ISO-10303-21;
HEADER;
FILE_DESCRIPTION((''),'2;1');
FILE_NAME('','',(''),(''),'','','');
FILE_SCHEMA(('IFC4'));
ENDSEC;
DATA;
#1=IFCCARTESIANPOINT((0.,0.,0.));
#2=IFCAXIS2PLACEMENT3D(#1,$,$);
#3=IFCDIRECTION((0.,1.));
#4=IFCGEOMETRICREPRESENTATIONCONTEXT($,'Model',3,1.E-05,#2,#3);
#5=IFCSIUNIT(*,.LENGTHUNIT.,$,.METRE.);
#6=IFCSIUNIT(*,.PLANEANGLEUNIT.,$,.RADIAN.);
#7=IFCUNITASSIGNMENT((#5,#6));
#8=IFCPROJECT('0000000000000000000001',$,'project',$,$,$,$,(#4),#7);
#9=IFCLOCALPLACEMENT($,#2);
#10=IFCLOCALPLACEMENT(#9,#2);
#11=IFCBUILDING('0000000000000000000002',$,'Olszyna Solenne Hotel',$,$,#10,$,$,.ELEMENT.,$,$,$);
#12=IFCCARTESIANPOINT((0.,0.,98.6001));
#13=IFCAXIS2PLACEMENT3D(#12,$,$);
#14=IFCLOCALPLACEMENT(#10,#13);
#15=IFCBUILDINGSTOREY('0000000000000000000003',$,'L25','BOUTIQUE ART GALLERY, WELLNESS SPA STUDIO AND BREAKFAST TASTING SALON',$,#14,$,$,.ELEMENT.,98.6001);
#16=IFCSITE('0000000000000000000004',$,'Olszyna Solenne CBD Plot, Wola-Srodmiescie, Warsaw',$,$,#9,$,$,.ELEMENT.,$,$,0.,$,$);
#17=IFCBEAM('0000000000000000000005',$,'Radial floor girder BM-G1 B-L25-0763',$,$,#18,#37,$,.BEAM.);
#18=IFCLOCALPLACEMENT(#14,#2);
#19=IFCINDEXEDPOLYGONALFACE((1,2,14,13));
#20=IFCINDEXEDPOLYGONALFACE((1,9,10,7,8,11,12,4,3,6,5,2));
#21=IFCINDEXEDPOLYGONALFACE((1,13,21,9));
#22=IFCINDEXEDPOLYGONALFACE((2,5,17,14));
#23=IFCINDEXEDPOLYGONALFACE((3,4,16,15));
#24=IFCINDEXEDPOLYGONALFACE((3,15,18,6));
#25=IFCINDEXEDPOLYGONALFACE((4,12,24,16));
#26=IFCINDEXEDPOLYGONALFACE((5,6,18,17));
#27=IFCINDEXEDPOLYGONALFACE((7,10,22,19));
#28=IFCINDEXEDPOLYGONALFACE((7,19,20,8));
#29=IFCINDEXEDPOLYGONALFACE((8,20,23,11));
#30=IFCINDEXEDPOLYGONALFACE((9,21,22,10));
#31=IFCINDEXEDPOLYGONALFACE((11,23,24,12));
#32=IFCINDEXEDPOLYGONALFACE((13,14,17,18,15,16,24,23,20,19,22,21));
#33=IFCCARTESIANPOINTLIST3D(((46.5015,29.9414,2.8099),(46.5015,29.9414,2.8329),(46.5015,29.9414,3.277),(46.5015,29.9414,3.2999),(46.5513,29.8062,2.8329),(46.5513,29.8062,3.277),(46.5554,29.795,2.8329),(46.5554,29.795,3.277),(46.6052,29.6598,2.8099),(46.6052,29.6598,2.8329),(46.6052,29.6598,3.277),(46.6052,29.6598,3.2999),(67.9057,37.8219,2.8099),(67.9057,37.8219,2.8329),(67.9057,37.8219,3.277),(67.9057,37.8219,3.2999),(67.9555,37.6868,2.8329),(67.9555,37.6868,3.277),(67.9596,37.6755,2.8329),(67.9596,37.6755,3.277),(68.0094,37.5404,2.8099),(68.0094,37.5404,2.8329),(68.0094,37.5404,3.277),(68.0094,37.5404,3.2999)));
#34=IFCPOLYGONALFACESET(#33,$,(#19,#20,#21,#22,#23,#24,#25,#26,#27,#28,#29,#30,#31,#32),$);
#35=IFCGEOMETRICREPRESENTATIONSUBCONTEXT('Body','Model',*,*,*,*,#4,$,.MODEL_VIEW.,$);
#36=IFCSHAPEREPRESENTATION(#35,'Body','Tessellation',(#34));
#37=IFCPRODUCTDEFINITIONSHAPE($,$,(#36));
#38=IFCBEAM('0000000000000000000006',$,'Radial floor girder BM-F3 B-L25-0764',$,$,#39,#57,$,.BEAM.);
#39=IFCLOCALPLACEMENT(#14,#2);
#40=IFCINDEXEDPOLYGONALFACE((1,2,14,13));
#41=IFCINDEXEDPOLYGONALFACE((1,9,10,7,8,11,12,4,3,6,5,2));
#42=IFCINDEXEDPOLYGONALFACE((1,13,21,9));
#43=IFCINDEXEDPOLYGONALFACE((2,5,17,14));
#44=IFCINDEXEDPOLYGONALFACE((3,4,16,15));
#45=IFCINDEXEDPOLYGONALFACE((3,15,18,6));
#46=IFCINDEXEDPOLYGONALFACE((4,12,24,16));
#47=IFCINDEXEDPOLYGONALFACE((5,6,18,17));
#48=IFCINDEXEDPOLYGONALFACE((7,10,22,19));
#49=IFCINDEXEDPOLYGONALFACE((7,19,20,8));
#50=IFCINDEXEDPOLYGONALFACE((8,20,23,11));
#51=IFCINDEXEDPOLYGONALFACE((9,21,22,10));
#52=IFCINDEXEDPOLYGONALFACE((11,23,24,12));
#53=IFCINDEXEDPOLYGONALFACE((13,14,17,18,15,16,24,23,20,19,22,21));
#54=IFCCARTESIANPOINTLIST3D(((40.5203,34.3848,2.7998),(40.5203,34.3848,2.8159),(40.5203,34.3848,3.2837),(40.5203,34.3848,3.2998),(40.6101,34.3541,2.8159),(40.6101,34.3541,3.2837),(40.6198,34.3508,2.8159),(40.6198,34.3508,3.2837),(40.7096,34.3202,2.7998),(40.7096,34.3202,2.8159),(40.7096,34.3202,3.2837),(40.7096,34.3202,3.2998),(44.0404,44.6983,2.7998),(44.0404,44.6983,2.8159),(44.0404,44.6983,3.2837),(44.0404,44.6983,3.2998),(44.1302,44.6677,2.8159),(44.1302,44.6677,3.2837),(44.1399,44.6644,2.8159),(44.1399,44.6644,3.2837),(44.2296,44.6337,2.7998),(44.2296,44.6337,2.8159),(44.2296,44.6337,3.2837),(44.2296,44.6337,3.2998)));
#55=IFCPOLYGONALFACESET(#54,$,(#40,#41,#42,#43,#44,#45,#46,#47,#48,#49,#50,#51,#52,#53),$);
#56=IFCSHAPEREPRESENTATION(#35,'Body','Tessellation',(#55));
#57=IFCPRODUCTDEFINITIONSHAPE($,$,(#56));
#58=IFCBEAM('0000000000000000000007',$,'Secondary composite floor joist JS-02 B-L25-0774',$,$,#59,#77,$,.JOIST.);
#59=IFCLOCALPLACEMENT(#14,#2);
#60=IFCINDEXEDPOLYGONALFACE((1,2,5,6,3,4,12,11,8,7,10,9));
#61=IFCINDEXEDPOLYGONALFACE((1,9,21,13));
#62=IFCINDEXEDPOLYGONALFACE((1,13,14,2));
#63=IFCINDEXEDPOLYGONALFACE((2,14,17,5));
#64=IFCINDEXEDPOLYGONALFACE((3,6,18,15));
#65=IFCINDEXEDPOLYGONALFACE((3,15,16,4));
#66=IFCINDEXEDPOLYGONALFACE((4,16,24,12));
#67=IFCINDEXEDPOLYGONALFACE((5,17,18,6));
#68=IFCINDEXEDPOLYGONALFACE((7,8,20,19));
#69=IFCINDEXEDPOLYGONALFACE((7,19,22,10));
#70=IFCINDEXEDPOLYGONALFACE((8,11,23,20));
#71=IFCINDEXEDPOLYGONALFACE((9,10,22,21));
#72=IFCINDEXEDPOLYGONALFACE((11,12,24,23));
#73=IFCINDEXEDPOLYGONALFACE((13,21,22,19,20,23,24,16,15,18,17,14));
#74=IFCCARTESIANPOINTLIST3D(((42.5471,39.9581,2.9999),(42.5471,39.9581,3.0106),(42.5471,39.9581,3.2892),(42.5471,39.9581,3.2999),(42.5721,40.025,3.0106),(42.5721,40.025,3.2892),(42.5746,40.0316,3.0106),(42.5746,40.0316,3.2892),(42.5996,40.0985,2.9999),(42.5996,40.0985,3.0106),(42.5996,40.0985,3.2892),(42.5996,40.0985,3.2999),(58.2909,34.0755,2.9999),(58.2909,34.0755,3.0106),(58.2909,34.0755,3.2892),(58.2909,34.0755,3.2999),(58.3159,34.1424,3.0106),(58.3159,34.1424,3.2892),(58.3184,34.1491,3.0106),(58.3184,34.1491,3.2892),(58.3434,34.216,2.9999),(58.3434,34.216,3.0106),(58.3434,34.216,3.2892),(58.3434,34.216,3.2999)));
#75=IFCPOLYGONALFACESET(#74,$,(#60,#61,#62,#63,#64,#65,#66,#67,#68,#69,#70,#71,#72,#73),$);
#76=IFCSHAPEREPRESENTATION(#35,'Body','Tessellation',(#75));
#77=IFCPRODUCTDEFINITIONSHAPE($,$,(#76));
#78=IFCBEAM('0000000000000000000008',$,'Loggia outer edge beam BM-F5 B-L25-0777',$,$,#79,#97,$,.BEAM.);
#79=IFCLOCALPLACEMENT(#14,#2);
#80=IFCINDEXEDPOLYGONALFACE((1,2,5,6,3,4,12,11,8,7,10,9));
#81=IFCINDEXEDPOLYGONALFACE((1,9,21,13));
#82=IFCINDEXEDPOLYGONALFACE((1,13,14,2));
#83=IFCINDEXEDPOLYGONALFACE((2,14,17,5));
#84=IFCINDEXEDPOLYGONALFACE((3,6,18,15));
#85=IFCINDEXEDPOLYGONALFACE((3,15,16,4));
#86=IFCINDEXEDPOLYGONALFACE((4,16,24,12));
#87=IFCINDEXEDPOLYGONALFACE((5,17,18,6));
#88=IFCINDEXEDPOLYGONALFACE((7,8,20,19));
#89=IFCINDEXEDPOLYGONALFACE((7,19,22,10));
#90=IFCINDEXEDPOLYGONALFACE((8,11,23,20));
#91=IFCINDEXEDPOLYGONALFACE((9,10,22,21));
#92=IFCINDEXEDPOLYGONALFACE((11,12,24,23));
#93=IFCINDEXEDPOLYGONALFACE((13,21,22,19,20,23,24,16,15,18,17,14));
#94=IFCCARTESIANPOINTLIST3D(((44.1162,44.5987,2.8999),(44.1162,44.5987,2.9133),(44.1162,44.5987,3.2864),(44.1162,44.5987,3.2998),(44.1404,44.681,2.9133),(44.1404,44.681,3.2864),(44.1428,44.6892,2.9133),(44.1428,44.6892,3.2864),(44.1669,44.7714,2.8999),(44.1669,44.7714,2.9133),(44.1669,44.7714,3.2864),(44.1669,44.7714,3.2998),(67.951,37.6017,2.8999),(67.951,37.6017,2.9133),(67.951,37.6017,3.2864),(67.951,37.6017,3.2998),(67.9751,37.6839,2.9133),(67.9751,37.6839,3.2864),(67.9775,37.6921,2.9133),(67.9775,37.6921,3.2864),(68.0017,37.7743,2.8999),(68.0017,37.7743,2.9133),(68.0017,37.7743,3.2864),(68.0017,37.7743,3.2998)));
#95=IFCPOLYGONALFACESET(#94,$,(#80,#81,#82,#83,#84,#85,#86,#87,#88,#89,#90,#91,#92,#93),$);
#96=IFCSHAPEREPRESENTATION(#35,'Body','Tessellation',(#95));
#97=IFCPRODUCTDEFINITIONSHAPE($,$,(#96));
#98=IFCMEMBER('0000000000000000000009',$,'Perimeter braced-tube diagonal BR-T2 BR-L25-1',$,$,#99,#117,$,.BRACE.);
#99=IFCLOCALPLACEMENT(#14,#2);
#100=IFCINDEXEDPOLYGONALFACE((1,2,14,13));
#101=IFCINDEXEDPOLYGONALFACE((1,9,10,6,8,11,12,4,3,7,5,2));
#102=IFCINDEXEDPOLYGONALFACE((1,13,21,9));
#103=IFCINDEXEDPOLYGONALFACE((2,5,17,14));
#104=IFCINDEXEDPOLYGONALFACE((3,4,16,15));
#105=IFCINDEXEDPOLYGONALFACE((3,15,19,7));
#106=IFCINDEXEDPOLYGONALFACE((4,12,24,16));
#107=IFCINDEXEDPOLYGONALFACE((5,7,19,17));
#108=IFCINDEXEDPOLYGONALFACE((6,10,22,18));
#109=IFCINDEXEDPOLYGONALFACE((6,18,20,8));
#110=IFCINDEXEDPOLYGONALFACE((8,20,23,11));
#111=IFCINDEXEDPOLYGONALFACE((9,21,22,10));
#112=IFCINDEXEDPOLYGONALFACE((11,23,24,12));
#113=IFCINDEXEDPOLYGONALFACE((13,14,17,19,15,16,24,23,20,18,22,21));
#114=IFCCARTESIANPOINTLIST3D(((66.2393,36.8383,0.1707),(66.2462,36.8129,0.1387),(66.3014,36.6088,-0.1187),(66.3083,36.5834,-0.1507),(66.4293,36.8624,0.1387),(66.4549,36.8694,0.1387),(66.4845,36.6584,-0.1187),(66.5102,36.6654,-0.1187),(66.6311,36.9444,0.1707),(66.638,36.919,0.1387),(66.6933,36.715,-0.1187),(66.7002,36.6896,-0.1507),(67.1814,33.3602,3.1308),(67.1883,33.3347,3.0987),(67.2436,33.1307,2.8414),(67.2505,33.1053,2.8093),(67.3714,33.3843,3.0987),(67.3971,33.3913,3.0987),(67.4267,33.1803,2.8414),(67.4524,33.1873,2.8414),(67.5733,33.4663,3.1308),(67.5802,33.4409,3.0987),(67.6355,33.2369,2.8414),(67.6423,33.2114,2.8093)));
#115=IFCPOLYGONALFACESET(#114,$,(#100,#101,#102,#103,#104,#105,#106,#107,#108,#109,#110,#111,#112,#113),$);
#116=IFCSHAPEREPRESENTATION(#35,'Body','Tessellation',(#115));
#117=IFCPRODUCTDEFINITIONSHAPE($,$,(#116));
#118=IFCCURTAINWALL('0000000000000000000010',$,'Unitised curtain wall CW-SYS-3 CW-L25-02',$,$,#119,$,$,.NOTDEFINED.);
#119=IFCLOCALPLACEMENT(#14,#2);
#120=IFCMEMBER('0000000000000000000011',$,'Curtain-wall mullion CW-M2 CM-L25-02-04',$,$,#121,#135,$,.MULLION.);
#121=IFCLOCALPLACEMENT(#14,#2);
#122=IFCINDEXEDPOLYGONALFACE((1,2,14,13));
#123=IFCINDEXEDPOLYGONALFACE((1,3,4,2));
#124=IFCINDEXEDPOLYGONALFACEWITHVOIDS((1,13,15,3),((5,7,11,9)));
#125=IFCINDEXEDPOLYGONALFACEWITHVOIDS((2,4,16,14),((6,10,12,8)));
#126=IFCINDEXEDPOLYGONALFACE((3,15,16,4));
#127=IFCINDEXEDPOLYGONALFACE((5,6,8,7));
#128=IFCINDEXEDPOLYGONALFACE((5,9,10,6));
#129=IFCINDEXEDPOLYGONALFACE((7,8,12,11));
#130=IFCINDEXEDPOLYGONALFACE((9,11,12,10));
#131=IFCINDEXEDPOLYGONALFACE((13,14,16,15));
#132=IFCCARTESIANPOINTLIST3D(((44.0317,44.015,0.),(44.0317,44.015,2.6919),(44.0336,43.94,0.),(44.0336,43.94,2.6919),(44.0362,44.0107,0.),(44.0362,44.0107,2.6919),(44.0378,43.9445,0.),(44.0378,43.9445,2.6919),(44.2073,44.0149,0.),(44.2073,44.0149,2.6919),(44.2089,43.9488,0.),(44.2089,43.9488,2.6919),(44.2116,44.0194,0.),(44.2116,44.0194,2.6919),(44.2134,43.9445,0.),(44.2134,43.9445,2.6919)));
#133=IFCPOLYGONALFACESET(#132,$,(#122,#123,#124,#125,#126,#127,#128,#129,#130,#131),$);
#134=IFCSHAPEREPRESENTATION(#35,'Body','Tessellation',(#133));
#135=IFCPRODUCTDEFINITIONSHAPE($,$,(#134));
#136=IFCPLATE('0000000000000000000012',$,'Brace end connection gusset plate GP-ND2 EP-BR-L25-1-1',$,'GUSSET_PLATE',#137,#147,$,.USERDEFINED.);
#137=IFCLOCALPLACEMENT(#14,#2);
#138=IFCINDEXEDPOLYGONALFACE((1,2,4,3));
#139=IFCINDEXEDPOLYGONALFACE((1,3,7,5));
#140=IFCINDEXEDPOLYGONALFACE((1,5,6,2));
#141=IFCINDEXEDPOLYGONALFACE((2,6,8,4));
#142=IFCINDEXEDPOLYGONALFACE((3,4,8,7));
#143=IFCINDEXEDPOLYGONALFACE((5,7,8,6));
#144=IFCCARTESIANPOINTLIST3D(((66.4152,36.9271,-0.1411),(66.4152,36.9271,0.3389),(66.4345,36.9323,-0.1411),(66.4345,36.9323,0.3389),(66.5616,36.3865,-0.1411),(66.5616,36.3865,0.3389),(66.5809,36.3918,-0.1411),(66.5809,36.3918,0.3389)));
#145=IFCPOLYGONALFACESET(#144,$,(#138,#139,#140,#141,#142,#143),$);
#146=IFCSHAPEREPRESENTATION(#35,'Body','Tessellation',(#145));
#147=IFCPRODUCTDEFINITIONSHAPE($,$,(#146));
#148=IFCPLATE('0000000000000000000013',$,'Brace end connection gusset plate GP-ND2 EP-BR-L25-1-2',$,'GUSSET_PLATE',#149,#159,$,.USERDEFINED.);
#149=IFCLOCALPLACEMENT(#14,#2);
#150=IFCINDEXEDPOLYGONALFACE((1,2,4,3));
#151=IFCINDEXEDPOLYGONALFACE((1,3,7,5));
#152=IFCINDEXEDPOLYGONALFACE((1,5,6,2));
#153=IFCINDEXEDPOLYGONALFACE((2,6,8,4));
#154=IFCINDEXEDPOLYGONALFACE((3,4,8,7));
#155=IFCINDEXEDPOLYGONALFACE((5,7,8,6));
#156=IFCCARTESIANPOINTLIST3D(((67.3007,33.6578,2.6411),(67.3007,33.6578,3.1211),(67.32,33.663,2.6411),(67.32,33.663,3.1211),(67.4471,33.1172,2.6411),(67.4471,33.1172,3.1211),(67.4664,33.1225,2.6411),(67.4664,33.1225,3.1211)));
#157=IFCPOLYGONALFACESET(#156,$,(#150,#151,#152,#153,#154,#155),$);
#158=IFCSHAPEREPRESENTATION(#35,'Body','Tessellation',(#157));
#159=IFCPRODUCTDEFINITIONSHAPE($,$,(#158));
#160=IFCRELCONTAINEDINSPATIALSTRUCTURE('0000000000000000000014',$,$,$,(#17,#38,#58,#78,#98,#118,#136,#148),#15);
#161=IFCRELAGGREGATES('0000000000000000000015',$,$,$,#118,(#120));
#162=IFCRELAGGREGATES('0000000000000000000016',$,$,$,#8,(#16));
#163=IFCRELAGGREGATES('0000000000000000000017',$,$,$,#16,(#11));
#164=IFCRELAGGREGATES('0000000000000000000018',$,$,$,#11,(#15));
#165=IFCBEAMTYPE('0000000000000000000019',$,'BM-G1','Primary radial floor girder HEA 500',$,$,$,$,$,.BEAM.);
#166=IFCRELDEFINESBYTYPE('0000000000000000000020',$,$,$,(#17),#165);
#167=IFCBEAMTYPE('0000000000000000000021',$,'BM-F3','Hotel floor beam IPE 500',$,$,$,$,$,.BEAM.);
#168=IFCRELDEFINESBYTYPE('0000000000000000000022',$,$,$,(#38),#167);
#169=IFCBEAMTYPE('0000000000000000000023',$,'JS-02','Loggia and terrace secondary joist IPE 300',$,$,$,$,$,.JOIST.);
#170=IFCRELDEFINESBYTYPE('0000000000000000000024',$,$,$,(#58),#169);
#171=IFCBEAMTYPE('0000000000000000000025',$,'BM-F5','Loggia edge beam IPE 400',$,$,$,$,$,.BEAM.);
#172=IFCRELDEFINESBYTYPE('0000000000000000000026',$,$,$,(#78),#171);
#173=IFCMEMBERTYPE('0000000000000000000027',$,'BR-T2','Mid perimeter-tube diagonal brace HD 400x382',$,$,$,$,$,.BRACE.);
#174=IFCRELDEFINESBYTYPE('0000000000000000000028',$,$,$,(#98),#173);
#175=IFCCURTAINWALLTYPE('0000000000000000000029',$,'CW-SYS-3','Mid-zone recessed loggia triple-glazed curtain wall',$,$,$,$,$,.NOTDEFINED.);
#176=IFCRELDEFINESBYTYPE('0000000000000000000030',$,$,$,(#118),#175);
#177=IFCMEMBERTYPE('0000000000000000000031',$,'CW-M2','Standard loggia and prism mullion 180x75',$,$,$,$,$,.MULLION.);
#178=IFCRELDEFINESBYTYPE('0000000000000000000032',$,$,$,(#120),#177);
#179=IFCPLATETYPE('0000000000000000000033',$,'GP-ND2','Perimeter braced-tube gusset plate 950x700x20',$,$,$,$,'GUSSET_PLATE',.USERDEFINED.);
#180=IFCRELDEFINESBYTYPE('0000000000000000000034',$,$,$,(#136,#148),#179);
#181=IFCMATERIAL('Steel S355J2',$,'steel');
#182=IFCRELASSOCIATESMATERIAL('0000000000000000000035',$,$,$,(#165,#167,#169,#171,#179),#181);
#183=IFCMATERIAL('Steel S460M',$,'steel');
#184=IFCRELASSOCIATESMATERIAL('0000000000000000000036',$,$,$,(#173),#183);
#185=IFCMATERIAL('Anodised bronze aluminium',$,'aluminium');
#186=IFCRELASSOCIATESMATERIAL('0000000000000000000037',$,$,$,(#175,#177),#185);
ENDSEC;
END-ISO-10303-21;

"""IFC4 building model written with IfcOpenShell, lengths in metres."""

from ifc_helpers import new_model, si_unit, direction, frame, origin, origin_2d, place, context, subcontext, project, spatial, rectangle, hollow_rectangle, i_section, extrude, source, transform, mapped, material, material_profile, profile_set, type_object, element, aggregate, save


model = new_model("IFC4")

# Units and contexts
model_context = context("Model", 3, precision=1e-05, world=origin(), true_north=direction((0.0, 1.0)))
body_context = subcontext(model_context, "Body", "Model", "MODEL_VIEW")
ifc_project = project(units=[si_unit("LENGTHUNIT", "METRE"), si_unit("PLANEANGLEUNIT", "RADIAN")], contexts=[model_context])

# Site, building, storey
site_placement = place(None, origin())
site = spatial("IfcSite", under=ifc_project, at=site_placement, Name="Olszyna Solenne CBD Plot, Wola-Srodmiescie, Warsaw", CompositionType="ELEMENT", RefElevation=0.0)
building_placement = place(site_placement, origin())
building = spatial("IfcBuilding", under=site, at=building_placement, Name="Olszyna Solenne Hotel", CompositionType="ELEMENT")
storey_placement = place(building_placement, frame((0.0, 0.0, 98.6001)))
storey = spatial("IfcBuildingStorey", under=building, at=storey_placement, Name="L25", Description="BOUTIQUE ART GALLERY, WELLNESS SPA STUDIO AND BREAKFAST TASTING SALON", CompositionType="ELEMENT", Elevation=98.6001)

# Shared definitions
ifc_material_1 = material(Name="Steel S460M", Category="steel")

# Beams
ifc_material_2 = material(Name="Steel S355J2", Category="steel")
ifc_material_profile_1 = material_profile(ifc_material_2, i_section(OverallWidth=0.3, OverallDepth=0.49, WebThickness=0.012, FlangeThickness=0.0229, at=origin_2d()), Name="HEA 500", Category="load-bearing")
ifc_profile_set_1 = profile_set([ifc_material_profile_1], Name="Steel S355J2")
beam_type_1 = type_object("IfcBeamType", Name="BM-G1", Description="Primary radial floor girder HEA 500", PredefinedType="BEAM", material=ifc_profile_set_1)
shared_shape_1 = source(origin(), body_context, "Body", "SweptSolid", [
    extrude(i_section(OverallWidth=0.3, OverallDepth=0.49, WebThickness=0.012, FlangeThickness=0.0229, at=origin_2d()), origin(), (0.0, 0.0, 1.0), 22.8088),
])
beam_1_placement = place(storey_placement, frame((67.9575, 37.6812, 3.0549), z_axis=(-0.938417, -0.345505, 0.0), x_axis=(0.345505, -0.938417, 0.0)))
element("IfcBeam", 1, at=beam_1_placement, inside=storey, type_object=beam_type_1, Name="Radial floor girder BM-G1 B-L25-0763", PredefinedType="BEAM", context=body_context, shape_type="MappedRepresentation", body=[
    mapped(shared_shape_1, transform((0.0, 0.0, 0.0), x_axis=(1.0, 0.0, 0.0), y_axis=(0.0, 1.0, 0.0), z_axis=(0.0, 0.0, 1.0), scale=1.0)),
])
ifc_material_profile_2 = material_profile(ifc_material_2, i_section(OverallWidth=0.2, OverallDepth=0.5, WebThickness=0.0103, FlangeThickness=0.0161, at=origin_2d()), Name="IPE 500", Category="load-bearing")
ifc_profile_set_2 = profile_set([ifc_material_profile_2], Name="Steel S355J2")
beam_type_2 = type_object("IfcBeamType", Name="BM-F3", Description="Hotel floor beam IPE 500", PredefinedType="BEAM", material=ifc_profile_set_2)
shared_shape_2 = source(origin(), body_context, "Body", "SweptSolid", [
    extrude(i_section(OverallWidth=0.2, OverallDepth=0.5, WebThickness=0.0103, FlangeThickness=0.0161, at=origin_2d()), origin(), (0.0, 0.0, 1.0), 10.8977),
])
beam_2_placement = place(storey_placement, frame((44.135, 44.666, 3.0498), z_axis=(-0.323008, -0.946396, 0.0), x_axis=(0.946396, -0.323008, 0.0)))
element("IfcBeam", 2, at=beam_2_placement, inside=storey, type_object=beam_type_2, Name="Radial floor girder BM-F3 B-L25-0764", PredefinedType="BEAM", context=body_context, shape_type="MappedRepresentation", body=[
    mapped(shared_shape_2, transform((0.0, 0.0, 0.0), x_axis=(1.0, 0.0, 0.0), y_axis=(0.0, 1.0, 0.0), z_axis=(0.0, 0.0, 1.0), scale=1.0)),
])
ifc_material_profile_3 = material_profile(ifc_material_2, i_section(OverallWidth=0.1499, OverallDepth=0.3, WebThickness=0.0071, FlangeThickness=0.0107, at=origin_2d()), Name="IPE 300", Category="load-bearing")
ifc_profile_set_3 = profile_set([ifc_material_profile_3], Name="Steel S355J2")
beam_type_3 = type_object("IfcBeamType", Name="JS-02", Description="Loggia and terrace secondary joist IPE 300", PredefinedType="JOIST", material=ifc_profile_set_3)
shared_shape_3 = source(origin(), body_context, "Body", "SweptSolid", [
    extrude(i_section(OverallWidth=0.1499, OverallDepth=0.3, WebThickness=0.0071, FlangeThickness=0.0107, at=origin_2d()), origin(), (0.0, 0.0, 1.0), 16.8069),
])
beam_3_placement = place(storey_placement, frame((58.3171, 34.1458, 3.1499), z_axis=(-0.936747, 0.350007, 0.0), x_axis=(-0.350007, -0.936747, 0.0)))
element("IfcBeam", 3, at=beam_3_placement, inside=storey, type_object=beam_type_3, Name="Secondary composite floor joist JS-02 B-L25-0774", PredefinedType="JOIST", context=body_context, shape_type="MappedRepresentation", body=[
    mapped(shared_shape_3, transform((0.0, 0.0, 0.0), x_axis=(1.0, 0.0, 0.0), y_axis=(0.0, 1.0, 0.0), z_axis=(0.0, 0.0, 1.0), scale=1.0)),
])
ifc_material_profile_4 = material_profile(ifc_material_2, i_section(OverallWidth=0.1799, OverallDepth=0.3999, WebThickness=0.0085, FlangeThickness=0.0134, at=origin_2d()), Name="IPE 400", Category="load-bearing")
ifc_profile_set_4 = profile_set([ifc_material_profile_4], Name="Steel S355J2")
beam_type_4 = type_object("IfcBeamType", Name="BM-F5", Description="Loggia edge beam IPE 400", PredefinedType="BEAM", material=ifc_profile_set_4)
shared_shape_4 = source(origin(), body_context, "Body", "SweptSolid", [
    extrude(i_section(OverallWidth=0.1799, OverallDepth=0.3999, WebThickness=0.0085, FlangeThickness=0.0134, at=origin_2d()), origin(), (0.0, 0.0, 1.0), 24.8406),
])
beam_4_placement = place(storey_placement, frame((67.9763, 37.688, 3.0999), z_axis=(-0.959509, 0.281679, 0.0), x_axis=(-0.281679, -0.959509, 0.0)))
element("IfcBeam", 4, at=beam_4_placement, inside=storey, type_object=beam_type_4, Name="Loggia outer edge beam BM-F5 B-L25-0777", PredefinedType="BEAM", context=body_context, shape_type="MappedRepresentation", body=[
    mapped(shared_shape_4, transform((0.0, 0.0, 0.0), x_axis=(1.0, 0.0, 0.0), y_axis=(0.0, 1.0, 0.0), z_axis=(0.0, 0.0, 1.0), scale=1.0)),
])

# Member
ifc_material_profile_5 = material_profile(ifc_material_1, i_section(OverallWidth=0.406, OverallDepth=0.416, WebThickness=0.0266, FlangeThickness=0.0415, at=origin_2d()), Name="HD 400x382", Category="load-bearing")
ifc_profile_set_5 = profile_set([ifc_material_profile_5], Name="Steel S460M")
member_type_1 = type_object("IfcMemberType", Name="BR-T2", Description="Mid perimeter-tube diagonal brace HD 400x382", PredefinedType="BRACE", material=ifc_profile_set_5)
shared_shape_5 = source(origin(), body_context, "Body", "SweptSolid", [
    extrude(i_section(OverallWidth=0.406, OverallDepth=0.416, WebThickness=0.0266, FlangeThickness=0.0415, at=origin_2d()), origin(), (0.0, 0.0, 1.0), 4.6633),
])
member_1_placement = place(storey_placement, frame((66.4697, 36.7639, 0.01), z_axis=(0.202036, -0.745842, 0.634745), x_axis=(0.965214, 0.26146, 0.0)))
element("IfcMember", 5, at=member_1_placement, inside=storey, type_object=member_type_1, Name="Perimeter braced-tube diagonal BR-T2 BR-L25-1", PredefinedType="BRACE", context=body_context, shape_type="MappedRepresentation", body=[
    mapped(shared_shape_5, transform((0.0, 0.0, 0.0), x_axis=(1.0, 0.0, 0.0), y_axis=(0.0, 1.0, 0.0), z_axis=(0.0, 0.0, 1.0), scale=1.0)),
])

# Curtain wall, member
ifc_material_3 = material(Name="Anodised bronze aluminium", Category="aluminium")
curtain_wall_type = type_object("IfcCurtainWallType", Name="CW-SYS-3", Description="Mid-zone recessed loggia triple-glazed curtain wall", PredefinedType="NOTDEFINED", material=ifc_material_3)
curtain_wall_placement = place(storey_placement, origin())
curtain_wall = element("IfcCurtainWall", 6, at=curtain_wall_placement, inside=storey, type_object=curtain_wall_type, Name="Unitised curtain wall CW-SYS-3 CW-L25-02", PredefinedType="NOTDEFINED")
ifc_material_profile_6 = material_profile(ifc_material_3, hollow_rectangle(XDim=0.075, YDim=0.1799, WallThickness=0.0044, at=origin_2d()), Name="MULL 180x75x4.5", Category="load-bearing")
ifc_profile_set_6 = profile_set([ifc_material_profile_6], Name="Anodised bronze aluminium")
member_type_2 = type_object("IfcMemberType", Name="CW-M2", Description="Standard loggia and prism mullion 180x75", PredefinedType="MULLION", material=ifc_profile_set_6)
shared_shape_6 = source(origin(), body_context, "Body", "SweptSolid", [
    extrude(hollow_rectangle(XDim=0.075, YDim=0.1799, WallThickness=0.0044, at=origin_2d()), origin(), (0.0, 0.0, 1.0), 2.6919),
])
member_2_placement = place(storey_placement, frame((44.1226, 43.9797, 0.0), z_axis=(0.0, 0.0, 1.0), x_axis=(-0.025, 0.999687, 0.0)))
member_2 = element("IfcMember", 7, at=member_2_placement, type_object=member_type_2, Name="Curtain-wall mullion CW-M2 CM-L25-02-04", PredefinedType="MULLION", context=body_context, shape_type="MappedRepresentation", body=[
    mapped(shared_shape_6, transform((0.0, 0.0, 0.0), x_axis=(1.0, 0.0, 0.0), y_axis=(0.0, 1.0, 0.0), z_axis=(0.0, 0.0, 1.0), scale=1.0)),
])
aggregate(curtain_wall, [member_2])

# Plates
plate_type = type_object("IfcPlateType", Name="GP-ND2", Description="Perimeter braced-tube gusset plate 950x700x20", ElementType="GUSSET_PLATE", PredefinedType="USERDEFINED", material=ifc_material_2)
shared_shape_7 = source(origin(), body_context, "Body", "SweptSolid", [
    extrude(rectangle(XDim=0.5601, YDim=0.02, at=origin_2d()), origin(), (0.0, 0.0, 1.0), 0.48),
])
for number, where, z_axis, x_axis, name in (
    (8, (66.498, 36.6594, -0.1411), (0.0, 0.0, 1.0), (0.261515, -0.965199, 0.0), "Brace end connection gusset plate GP-ND2 EP-BR-L25-1-1"),
    (9, (67.3835, 33.3901, 2.6411), (0.0, 0.0, 1.0), (0.261515, -0.965199, 0.0), "Brace end connection gusset plate GP-ND2 EP-BR-L25-1-2"),
):
    element("IfcPlate", number, at=place(storey_placement, frame(where, z_axis=z_axis, x_axis=x_axis)), inside=storey, type_object=plate_type, Name=name, ObjectType="GUSSET_PLATE", PredefinedType="USERDEFINED", context=body_context, shape_type="MappedRepresentation", body=[
        mapped(shared_shape_7, transform((0.0, 0.0, 0.0), x_axis=(1.0, 0.0, 0.0), y_axis=(0.0, 1.0, 0.0), z_axis=(0.0, 0.0, 1.0), scale=1.0)),
    ])

save(model, "model.ifc")
